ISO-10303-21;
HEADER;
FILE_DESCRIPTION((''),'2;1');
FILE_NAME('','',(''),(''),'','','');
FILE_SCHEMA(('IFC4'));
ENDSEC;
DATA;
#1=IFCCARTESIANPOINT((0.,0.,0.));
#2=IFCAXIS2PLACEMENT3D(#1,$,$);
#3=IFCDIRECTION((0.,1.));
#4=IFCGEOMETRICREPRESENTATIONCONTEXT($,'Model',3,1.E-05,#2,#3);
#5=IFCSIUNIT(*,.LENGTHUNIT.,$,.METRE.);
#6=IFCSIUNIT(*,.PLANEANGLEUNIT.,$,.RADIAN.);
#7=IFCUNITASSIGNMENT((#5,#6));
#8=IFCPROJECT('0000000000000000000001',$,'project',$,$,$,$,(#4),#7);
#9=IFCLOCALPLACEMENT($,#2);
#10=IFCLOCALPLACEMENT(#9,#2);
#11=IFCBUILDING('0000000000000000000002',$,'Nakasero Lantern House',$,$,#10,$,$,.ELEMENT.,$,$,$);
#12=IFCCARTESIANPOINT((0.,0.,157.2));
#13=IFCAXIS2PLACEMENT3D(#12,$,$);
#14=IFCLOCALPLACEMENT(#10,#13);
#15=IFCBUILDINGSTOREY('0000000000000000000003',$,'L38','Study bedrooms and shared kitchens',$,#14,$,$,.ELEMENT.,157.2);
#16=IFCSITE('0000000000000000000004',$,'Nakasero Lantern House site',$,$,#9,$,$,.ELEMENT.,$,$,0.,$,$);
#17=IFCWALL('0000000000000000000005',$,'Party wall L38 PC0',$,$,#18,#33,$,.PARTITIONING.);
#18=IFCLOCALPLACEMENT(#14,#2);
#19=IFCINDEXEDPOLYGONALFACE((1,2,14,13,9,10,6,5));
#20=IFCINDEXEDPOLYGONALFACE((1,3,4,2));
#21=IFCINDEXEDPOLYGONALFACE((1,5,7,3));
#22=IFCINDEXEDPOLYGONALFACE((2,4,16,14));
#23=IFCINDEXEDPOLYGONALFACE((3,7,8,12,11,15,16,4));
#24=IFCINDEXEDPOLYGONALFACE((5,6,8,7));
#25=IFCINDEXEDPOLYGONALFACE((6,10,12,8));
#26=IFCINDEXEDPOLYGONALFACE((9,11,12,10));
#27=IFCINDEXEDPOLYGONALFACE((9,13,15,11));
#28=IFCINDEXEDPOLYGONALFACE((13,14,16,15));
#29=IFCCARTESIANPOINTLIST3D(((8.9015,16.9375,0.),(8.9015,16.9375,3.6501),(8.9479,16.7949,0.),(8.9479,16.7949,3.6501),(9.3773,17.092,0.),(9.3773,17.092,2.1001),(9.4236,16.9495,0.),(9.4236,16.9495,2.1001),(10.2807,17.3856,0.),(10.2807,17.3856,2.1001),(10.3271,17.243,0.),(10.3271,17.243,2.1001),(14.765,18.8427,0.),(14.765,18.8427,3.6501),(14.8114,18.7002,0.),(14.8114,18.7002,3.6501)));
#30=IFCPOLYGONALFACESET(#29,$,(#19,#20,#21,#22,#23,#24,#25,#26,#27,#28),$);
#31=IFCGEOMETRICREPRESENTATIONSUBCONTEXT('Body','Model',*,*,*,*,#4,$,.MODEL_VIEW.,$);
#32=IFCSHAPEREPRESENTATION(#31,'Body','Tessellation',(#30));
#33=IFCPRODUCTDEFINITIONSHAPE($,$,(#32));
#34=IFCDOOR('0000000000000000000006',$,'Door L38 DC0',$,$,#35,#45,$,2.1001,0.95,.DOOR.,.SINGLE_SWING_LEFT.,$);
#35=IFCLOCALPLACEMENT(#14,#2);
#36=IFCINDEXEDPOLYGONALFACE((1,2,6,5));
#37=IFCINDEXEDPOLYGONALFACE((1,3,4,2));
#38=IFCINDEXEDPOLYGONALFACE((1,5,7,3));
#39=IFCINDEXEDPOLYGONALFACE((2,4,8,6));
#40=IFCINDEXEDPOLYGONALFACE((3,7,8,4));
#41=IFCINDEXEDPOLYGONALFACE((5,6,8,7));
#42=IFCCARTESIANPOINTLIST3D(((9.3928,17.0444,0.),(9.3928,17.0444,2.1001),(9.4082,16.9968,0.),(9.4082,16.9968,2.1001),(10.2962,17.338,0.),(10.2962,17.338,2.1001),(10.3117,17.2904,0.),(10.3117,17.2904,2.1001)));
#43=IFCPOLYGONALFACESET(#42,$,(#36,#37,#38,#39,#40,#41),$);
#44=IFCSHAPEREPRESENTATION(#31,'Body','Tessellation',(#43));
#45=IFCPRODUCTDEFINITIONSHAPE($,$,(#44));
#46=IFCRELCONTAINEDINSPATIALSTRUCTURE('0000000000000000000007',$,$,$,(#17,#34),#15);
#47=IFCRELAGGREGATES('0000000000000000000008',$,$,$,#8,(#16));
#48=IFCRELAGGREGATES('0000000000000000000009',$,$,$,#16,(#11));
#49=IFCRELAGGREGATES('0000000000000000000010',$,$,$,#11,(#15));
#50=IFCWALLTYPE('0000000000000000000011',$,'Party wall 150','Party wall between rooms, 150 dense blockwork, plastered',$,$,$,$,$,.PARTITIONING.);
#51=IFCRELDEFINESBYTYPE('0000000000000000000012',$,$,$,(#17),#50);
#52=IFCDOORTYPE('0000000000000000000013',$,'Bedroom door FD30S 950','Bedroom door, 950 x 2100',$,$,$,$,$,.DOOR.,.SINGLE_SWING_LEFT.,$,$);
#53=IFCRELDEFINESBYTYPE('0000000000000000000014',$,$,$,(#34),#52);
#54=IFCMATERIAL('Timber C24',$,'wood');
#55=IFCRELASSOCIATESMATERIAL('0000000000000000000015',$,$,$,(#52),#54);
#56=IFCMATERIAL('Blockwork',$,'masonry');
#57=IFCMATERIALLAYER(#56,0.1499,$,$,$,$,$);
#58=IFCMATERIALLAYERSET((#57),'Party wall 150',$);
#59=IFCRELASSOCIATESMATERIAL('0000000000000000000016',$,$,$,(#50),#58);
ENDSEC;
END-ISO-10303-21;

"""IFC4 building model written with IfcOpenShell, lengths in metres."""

from ifc_helpers import new_model, si_unit, direction, frame, frame_2d, origin, place, context, subcontext, project, spatial, rectangle, extrude, material, layer, layer_set, type_object, element, fill, save


model = new_model("IFC4")

# Units and contexts
model_context = context("Model", 3, precision=1e-05, world=origin(), true_north=direction((0.0, 1.0)))
body_context = subcontext(model_context, "Body", "Model", "MODEL_VIEW")
ifc_project = project(units=[si_unit("LENGTHUNIT", "METRE"), si_unit("PLANEANGLEUNIT", "RADIAN")], contexts=[model_context])

# Site, building, storey
site_placement = place(None, origin())
site = spatial("IfcSite", under=ifc_project, at=site_placement, Name="Nakasero Lantern House site", CompositionType="ELEMENT", RefElevation=0.0)
building_placement = place(site_placement, origin())
building = spatial("IfcBuilding", under=site, at=building_placement, Name="Nakasero Lantern House", CompositionType="ELEMENT")
storey_placement = place(building_placement, frame((0.0, 0.0, 157.2)))
storey = spatial("IfcBuildingStorey", under=building, at=storey_placement, Name="L38", Description="Study bedrooms and shared kitchens", CompositionType="ELEMENT", Elevation=157.2)

# Shared definitions
ifc_material_1 = material(Name="Timber C24", Category="wood")
door_type_1 = type_object("IfcDoorType", Name="Bedroom door FD30S 950", Description="Bedroom door, 950 x 2100", OperationType="SINGLE_SWING_LEFT", PredefinedType="DOOR", material=ifc_material_1)

# Shared definitions
ifc_material_2 = material(Name="Blockwork", Category="masonry")
ifc_layer_1 = layer(ifc_material_2, 0.1499)
ifc_layer_set_1 = layer_set([ifc_layer_1], Name="Party wall 150")
wall_type_1 = type_object("IfcWallType", Name="Party wall 150", Description="Party wall between rooms, 150 dense blockwork, plastered", PredefinedType="PARTITIONING", material=ifc_layer_set_1)

# Wall, opening, door
wall_1_placement = place(storey_placement, frame((8.9248, 16.8662, 0.0), z_axis=(0.0, 0.0, 1.0), x_axis=(0.951052, 0.309031, 0.0)))
wall_1 = element("IfcWall", 1, at=wall_1_placement, inside=storey, type_object=wall_type_1, Name="Party wall L38 PC0", PredefinedType="PARTITIONING", context=body_context, shape_type="SweptSolid", body=[
    extrude(rectangle(XDim=6.1653, YDim=0.1499, at=frame_2d((3.0825, 0.0))), origin(), (0.0, 0.0, 1.0), 3.6501),
])
opening_1_placement = place(wall_1_placement, frame((0.5, 0.0, 0.0)))
opening_1 = element("IfcOpeningElement", 2, at=opening_1_placement, cuts=wall_1, PredefinedType="OPENING", context=body_context, shape_type="SweptSolid", body=[
    extrude(rectangle(XDim=0.95, YDim=2.1001, at=frame_2d((0.4751, 1.05))), frame((0.0, 0.095, 0.0), z_axis=(0.0, -1.0, 0.0), x_axis=(1.0, 0.0, 0.0)), (0.0, 0.0, 1.0), 0.1899),
])
door_1_placement = place(opening_1_placement, origin())
door_1 = element("IfcDoor", 3, at=door_1_placement, inside=storey, type_object=door_type_1, Name="Door L38 DC0", OperationType="SINGLE_SWING_LEFT", OverallHeight=2.1001, OverallWidth=0.95, PredefinedType="DOOR", context=body_context, shape_type="SweptSolid", body=[
    extrude(rectangle(XDim=0.95, YDim=2.1001, at=frame_2d((0.4751, 1.05))), frame((0.0, 0.0249, 0.0), z_axis=(0.0, -1.0, 0.0), x_axis=(1.0, 0.0, 0.0)), (0.0, 0.0, 1.0), 0.05),
])
fill(opening_1, door_1)

save(model, "model.ifc")
